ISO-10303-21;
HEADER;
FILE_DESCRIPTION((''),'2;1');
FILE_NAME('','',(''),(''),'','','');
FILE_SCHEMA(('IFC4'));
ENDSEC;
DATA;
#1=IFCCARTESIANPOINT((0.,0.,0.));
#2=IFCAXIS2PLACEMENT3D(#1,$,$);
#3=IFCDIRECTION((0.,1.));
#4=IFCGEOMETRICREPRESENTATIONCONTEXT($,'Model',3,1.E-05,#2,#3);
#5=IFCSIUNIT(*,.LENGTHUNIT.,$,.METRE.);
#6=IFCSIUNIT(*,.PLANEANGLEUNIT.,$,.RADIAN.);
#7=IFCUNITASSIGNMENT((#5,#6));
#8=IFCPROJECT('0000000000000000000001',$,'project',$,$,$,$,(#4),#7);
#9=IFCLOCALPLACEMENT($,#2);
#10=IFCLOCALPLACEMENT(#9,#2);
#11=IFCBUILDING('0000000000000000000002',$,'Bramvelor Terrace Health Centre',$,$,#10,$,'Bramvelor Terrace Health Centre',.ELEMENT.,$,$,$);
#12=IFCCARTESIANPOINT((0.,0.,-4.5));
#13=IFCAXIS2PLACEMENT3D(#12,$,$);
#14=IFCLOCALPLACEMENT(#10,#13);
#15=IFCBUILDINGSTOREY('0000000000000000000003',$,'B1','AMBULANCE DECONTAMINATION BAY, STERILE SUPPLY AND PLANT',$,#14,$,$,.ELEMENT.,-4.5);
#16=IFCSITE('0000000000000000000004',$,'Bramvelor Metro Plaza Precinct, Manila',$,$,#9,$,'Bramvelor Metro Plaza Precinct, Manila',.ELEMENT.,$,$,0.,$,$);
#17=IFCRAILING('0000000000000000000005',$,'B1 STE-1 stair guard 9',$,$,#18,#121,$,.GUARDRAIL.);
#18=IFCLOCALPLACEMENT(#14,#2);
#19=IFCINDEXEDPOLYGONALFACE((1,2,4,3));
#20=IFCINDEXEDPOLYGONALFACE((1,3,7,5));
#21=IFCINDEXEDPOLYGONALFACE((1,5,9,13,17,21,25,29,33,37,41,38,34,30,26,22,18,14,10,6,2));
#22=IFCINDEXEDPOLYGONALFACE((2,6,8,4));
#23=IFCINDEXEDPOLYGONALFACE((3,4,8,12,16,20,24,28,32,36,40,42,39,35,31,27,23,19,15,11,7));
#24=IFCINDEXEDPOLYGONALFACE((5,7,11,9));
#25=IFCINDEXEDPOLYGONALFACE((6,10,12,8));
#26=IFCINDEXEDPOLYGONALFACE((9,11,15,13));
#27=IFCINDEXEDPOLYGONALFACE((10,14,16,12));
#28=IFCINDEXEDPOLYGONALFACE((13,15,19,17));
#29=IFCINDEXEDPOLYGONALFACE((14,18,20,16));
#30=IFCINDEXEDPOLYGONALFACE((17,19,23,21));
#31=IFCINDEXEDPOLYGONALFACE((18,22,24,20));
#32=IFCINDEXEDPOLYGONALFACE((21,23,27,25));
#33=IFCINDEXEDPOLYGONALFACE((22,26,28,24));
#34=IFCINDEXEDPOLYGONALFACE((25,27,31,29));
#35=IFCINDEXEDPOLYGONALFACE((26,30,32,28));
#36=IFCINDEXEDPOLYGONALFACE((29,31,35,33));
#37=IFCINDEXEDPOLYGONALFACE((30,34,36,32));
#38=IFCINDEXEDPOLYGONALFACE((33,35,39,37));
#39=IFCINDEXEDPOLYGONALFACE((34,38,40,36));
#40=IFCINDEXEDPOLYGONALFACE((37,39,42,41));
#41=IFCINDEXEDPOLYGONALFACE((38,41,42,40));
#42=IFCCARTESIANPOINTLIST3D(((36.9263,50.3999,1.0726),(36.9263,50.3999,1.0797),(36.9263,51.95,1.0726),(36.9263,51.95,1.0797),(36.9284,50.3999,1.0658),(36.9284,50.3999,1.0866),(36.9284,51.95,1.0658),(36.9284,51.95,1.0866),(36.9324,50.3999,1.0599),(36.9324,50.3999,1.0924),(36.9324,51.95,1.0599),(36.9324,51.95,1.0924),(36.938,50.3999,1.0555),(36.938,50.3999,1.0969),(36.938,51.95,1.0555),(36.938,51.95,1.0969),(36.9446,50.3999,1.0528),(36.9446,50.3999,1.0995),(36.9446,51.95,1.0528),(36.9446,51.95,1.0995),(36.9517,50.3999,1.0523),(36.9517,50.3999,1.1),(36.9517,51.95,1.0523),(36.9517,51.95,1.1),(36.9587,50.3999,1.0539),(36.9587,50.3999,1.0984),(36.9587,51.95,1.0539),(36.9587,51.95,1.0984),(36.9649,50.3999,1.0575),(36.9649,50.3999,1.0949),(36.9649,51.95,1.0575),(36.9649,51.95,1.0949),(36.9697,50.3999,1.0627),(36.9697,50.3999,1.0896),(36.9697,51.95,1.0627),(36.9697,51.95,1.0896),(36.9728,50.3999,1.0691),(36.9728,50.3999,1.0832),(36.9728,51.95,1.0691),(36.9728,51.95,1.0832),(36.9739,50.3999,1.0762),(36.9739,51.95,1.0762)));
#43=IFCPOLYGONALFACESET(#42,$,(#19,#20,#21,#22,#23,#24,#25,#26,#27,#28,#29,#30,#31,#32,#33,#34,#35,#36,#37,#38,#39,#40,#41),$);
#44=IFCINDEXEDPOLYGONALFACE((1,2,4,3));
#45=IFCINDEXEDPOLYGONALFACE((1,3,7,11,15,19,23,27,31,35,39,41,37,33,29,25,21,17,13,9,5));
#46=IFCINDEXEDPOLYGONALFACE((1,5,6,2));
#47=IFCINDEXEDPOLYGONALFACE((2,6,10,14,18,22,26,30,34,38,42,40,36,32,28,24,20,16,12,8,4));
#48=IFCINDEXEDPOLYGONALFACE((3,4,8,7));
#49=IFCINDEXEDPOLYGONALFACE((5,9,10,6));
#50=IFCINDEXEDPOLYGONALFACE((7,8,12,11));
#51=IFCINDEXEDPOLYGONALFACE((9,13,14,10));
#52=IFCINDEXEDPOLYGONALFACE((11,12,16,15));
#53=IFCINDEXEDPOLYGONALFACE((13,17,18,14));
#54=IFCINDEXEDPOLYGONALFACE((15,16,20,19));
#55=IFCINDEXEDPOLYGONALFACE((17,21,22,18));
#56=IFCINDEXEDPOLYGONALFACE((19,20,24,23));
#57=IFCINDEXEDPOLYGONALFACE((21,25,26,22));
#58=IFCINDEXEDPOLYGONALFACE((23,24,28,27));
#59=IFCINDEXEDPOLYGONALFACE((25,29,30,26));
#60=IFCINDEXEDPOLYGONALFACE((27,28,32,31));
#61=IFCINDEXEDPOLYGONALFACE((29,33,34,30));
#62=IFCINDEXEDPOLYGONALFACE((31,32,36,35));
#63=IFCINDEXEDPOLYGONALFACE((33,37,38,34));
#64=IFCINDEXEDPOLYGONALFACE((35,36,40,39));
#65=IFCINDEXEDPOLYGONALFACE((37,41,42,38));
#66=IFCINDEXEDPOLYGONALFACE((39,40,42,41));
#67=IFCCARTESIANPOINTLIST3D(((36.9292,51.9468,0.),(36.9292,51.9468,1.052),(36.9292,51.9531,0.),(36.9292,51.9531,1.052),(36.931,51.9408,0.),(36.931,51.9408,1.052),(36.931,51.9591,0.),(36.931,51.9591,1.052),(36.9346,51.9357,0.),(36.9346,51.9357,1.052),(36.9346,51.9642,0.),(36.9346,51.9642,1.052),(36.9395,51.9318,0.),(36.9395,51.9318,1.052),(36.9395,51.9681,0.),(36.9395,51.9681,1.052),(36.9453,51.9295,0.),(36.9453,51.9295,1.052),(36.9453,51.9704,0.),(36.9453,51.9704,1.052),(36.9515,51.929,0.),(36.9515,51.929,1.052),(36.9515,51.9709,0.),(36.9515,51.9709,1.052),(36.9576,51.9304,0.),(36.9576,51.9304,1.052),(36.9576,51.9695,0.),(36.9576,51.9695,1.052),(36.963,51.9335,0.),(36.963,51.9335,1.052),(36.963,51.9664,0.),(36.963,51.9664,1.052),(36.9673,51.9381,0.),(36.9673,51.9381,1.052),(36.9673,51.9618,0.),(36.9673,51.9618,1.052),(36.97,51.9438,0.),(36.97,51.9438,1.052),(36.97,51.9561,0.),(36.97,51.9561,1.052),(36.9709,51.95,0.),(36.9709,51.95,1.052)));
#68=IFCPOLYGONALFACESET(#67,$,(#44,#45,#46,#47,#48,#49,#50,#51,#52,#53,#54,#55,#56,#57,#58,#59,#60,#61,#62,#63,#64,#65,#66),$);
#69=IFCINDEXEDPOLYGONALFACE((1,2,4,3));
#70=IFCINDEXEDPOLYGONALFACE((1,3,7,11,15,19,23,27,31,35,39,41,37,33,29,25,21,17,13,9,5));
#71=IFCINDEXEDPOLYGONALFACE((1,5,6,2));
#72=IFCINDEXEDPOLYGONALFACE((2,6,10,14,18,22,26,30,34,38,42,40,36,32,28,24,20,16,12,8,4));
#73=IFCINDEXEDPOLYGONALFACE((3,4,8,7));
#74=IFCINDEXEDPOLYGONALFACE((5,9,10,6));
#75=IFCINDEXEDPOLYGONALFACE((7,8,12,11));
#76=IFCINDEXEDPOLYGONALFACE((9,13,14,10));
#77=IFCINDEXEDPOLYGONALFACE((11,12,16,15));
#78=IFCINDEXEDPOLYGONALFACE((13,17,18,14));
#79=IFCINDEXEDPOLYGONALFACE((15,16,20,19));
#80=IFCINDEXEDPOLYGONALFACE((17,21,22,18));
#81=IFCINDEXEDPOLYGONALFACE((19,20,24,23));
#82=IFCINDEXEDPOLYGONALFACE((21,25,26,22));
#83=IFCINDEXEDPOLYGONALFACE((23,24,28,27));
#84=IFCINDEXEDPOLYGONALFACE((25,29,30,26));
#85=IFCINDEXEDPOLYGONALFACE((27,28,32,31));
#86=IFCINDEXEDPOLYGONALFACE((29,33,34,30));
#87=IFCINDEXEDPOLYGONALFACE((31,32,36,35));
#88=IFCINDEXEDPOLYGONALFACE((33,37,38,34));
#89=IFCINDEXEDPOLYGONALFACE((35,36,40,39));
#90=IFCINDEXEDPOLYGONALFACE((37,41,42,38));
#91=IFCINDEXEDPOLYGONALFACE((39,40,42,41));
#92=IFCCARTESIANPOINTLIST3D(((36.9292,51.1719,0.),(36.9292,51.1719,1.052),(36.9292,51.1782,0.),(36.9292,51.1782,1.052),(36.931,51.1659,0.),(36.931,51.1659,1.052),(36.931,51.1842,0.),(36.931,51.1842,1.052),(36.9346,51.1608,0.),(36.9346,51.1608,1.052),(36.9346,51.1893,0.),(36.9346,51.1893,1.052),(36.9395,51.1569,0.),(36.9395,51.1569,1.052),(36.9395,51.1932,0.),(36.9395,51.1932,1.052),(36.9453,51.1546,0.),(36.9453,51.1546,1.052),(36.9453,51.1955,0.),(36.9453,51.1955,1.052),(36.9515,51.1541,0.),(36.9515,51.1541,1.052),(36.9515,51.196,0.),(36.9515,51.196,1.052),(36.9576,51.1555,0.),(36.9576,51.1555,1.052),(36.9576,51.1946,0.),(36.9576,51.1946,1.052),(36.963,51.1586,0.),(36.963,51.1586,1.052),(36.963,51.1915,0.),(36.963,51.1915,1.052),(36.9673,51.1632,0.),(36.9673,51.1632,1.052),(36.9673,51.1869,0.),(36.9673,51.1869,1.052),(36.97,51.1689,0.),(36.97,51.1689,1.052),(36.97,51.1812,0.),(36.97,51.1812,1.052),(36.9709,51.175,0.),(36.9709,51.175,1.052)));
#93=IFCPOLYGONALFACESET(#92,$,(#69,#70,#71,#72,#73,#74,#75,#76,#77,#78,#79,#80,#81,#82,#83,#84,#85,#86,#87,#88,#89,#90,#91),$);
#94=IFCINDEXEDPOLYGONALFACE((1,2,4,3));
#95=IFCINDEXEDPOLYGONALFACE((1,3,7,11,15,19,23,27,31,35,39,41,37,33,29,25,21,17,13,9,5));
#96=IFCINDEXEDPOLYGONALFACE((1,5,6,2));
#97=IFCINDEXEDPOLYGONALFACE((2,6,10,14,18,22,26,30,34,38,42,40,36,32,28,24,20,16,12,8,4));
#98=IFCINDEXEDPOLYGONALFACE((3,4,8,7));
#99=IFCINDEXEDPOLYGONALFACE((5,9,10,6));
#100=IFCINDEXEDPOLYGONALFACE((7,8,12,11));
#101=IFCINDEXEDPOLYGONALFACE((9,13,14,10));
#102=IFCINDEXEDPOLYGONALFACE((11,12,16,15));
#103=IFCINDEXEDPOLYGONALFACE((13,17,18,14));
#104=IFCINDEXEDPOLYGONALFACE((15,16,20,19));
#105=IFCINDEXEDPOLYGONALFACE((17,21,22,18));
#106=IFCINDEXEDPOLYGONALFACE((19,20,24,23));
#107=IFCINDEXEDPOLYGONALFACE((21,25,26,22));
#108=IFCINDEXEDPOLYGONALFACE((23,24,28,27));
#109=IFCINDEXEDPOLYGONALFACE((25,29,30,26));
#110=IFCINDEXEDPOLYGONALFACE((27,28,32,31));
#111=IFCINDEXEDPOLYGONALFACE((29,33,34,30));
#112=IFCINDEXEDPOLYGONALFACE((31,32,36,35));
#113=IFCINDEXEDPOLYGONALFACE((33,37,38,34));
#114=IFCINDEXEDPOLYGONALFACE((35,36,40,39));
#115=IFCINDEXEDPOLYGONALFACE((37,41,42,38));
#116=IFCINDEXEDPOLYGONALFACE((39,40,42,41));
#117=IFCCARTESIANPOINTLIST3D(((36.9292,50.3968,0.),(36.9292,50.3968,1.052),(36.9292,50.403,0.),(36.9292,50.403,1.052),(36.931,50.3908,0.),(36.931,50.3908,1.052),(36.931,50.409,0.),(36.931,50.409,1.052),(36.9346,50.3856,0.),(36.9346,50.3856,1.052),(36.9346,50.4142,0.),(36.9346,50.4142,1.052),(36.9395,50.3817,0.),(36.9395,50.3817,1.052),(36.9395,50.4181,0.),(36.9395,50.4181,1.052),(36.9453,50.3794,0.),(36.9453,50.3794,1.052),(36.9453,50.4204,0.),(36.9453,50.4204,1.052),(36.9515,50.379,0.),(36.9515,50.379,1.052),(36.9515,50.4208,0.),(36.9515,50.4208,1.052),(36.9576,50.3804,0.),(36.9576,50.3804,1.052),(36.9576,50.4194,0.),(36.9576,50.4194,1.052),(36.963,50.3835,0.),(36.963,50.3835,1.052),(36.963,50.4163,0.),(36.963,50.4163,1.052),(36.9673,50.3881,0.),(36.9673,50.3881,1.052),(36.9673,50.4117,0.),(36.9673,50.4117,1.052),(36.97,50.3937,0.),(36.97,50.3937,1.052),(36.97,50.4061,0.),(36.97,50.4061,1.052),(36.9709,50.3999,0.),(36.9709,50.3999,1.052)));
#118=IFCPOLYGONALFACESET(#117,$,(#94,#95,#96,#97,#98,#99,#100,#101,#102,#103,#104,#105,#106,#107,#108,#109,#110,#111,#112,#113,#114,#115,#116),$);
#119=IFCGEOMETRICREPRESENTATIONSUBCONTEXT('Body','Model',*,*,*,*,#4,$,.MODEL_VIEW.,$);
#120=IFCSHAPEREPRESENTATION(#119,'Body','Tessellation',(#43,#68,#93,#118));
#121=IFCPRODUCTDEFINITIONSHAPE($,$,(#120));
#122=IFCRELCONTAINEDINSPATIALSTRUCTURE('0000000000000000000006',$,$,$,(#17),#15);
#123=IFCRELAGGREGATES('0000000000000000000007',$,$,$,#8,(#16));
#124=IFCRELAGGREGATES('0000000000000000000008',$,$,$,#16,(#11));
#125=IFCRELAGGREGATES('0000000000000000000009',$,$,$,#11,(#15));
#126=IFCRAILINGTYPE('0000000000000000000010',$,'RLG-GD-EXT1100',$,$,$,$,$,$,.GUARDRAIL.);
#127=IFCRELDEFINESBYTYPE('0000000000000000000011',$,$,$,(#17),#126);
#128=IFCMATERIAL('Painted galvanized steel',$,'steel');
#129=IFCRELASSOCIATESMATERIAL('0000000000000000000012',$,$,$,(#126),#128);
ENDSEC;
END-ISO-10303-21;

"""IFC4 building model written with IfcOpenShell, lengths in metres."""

from ifc_helpers import new_model, si_unit, direction, frame, origin, origin_2d, place, context, subcontext, project, spatial, circle, extrude, material, type_object, element, save


model = new_model("IFC4")

# Units and contexts
model_context = context("Model", 3, precision=1e-05, world=origin(), true_north=direction((0.0, 1.0)))
body_context = subcontext(model_context, "Body", "Model", "MODEL_VIEW")
ifc_project = project(units=[si_unit("LENGTHUNIT", "METRE"), si_unit("PLANEANGLEUNIT", "RADIAN")], contexts=[model_context])

# Site, building, storey
site_placement = place(None, origin())
site = spatial("IfcSite", under=ifc_project, at=site_placement, Name="Bramvelor Metro Plaza Precinct, Manila", LongName="Bramvelor Metro Plaza Precinct, Manila", CompositionType="ELEMENT", RefElevation=0.0)
building_placement = place(site_placement, origin())
building = spatial("IfcBuilding", under=site, at=building_placement, Name="Bramvelor Terrace Health Centre", LongName="Bramvelor Terrace Health Centre", CompositionType="ELEMENT")
storey_placement = place(building_placement, frame((0.0, 0.0, -4.5)))
storey = spatial("IfcBuildingStorey", under=building, at=storey_placement, Name="B1", Description="AMBULANCE DECONTAMINATION BAY, STERILE SUPPLY AND PLANT", CompositionType="ELEMENT", Elevation=-4.5)

# Railing
ifc_material_1 = material(Name="Painted galvanized steel", Category="steel")
railing_type = type_object("IfcRailingType", Name="RLG-GD-EXT1100", PredefinedType="GUARDRAIL", material=ifc_material_1)
for number, where, name in (
    (1, (36.95, 51.95, 0.0), "B1 STE-1 stair guard 9"),
):
    element("IfcRailing", number, at=place(storey_placement, frame(where)), inside=storey, type_object=railing_type, Name=name, PredefinedType="GUARDRAIL", context=body_context, shape_type="SweptSolid", body=[
        extrude(circle(Radius=0.0239, at=origin_2d()), frame((0.0, 0.0, 1.0762), z_axis=(0.0, -1.0, 0.0), x_axis=(1.0, 0.0, 0.0)), (0.0, 0.0, 1.0), 1.55),
        extrude(circle(Radius=0.021, at=origin_2d()), origin(), (0.0, 0.0, 1.0), 1.052),
        extrude(circle(Radius=0.021, at=origin_2d()), frame((0.0, -0.7749, 0.0)), (0.0, 0.0, 1.0), 1.052),
        extrude(circle(Radius=0.021, at=origin_2d()), frame((0.0, -1.55, 0.0)), (0.0, 0.0, 1.0), 1.052),
    ])

save(model, "model.ifc")
